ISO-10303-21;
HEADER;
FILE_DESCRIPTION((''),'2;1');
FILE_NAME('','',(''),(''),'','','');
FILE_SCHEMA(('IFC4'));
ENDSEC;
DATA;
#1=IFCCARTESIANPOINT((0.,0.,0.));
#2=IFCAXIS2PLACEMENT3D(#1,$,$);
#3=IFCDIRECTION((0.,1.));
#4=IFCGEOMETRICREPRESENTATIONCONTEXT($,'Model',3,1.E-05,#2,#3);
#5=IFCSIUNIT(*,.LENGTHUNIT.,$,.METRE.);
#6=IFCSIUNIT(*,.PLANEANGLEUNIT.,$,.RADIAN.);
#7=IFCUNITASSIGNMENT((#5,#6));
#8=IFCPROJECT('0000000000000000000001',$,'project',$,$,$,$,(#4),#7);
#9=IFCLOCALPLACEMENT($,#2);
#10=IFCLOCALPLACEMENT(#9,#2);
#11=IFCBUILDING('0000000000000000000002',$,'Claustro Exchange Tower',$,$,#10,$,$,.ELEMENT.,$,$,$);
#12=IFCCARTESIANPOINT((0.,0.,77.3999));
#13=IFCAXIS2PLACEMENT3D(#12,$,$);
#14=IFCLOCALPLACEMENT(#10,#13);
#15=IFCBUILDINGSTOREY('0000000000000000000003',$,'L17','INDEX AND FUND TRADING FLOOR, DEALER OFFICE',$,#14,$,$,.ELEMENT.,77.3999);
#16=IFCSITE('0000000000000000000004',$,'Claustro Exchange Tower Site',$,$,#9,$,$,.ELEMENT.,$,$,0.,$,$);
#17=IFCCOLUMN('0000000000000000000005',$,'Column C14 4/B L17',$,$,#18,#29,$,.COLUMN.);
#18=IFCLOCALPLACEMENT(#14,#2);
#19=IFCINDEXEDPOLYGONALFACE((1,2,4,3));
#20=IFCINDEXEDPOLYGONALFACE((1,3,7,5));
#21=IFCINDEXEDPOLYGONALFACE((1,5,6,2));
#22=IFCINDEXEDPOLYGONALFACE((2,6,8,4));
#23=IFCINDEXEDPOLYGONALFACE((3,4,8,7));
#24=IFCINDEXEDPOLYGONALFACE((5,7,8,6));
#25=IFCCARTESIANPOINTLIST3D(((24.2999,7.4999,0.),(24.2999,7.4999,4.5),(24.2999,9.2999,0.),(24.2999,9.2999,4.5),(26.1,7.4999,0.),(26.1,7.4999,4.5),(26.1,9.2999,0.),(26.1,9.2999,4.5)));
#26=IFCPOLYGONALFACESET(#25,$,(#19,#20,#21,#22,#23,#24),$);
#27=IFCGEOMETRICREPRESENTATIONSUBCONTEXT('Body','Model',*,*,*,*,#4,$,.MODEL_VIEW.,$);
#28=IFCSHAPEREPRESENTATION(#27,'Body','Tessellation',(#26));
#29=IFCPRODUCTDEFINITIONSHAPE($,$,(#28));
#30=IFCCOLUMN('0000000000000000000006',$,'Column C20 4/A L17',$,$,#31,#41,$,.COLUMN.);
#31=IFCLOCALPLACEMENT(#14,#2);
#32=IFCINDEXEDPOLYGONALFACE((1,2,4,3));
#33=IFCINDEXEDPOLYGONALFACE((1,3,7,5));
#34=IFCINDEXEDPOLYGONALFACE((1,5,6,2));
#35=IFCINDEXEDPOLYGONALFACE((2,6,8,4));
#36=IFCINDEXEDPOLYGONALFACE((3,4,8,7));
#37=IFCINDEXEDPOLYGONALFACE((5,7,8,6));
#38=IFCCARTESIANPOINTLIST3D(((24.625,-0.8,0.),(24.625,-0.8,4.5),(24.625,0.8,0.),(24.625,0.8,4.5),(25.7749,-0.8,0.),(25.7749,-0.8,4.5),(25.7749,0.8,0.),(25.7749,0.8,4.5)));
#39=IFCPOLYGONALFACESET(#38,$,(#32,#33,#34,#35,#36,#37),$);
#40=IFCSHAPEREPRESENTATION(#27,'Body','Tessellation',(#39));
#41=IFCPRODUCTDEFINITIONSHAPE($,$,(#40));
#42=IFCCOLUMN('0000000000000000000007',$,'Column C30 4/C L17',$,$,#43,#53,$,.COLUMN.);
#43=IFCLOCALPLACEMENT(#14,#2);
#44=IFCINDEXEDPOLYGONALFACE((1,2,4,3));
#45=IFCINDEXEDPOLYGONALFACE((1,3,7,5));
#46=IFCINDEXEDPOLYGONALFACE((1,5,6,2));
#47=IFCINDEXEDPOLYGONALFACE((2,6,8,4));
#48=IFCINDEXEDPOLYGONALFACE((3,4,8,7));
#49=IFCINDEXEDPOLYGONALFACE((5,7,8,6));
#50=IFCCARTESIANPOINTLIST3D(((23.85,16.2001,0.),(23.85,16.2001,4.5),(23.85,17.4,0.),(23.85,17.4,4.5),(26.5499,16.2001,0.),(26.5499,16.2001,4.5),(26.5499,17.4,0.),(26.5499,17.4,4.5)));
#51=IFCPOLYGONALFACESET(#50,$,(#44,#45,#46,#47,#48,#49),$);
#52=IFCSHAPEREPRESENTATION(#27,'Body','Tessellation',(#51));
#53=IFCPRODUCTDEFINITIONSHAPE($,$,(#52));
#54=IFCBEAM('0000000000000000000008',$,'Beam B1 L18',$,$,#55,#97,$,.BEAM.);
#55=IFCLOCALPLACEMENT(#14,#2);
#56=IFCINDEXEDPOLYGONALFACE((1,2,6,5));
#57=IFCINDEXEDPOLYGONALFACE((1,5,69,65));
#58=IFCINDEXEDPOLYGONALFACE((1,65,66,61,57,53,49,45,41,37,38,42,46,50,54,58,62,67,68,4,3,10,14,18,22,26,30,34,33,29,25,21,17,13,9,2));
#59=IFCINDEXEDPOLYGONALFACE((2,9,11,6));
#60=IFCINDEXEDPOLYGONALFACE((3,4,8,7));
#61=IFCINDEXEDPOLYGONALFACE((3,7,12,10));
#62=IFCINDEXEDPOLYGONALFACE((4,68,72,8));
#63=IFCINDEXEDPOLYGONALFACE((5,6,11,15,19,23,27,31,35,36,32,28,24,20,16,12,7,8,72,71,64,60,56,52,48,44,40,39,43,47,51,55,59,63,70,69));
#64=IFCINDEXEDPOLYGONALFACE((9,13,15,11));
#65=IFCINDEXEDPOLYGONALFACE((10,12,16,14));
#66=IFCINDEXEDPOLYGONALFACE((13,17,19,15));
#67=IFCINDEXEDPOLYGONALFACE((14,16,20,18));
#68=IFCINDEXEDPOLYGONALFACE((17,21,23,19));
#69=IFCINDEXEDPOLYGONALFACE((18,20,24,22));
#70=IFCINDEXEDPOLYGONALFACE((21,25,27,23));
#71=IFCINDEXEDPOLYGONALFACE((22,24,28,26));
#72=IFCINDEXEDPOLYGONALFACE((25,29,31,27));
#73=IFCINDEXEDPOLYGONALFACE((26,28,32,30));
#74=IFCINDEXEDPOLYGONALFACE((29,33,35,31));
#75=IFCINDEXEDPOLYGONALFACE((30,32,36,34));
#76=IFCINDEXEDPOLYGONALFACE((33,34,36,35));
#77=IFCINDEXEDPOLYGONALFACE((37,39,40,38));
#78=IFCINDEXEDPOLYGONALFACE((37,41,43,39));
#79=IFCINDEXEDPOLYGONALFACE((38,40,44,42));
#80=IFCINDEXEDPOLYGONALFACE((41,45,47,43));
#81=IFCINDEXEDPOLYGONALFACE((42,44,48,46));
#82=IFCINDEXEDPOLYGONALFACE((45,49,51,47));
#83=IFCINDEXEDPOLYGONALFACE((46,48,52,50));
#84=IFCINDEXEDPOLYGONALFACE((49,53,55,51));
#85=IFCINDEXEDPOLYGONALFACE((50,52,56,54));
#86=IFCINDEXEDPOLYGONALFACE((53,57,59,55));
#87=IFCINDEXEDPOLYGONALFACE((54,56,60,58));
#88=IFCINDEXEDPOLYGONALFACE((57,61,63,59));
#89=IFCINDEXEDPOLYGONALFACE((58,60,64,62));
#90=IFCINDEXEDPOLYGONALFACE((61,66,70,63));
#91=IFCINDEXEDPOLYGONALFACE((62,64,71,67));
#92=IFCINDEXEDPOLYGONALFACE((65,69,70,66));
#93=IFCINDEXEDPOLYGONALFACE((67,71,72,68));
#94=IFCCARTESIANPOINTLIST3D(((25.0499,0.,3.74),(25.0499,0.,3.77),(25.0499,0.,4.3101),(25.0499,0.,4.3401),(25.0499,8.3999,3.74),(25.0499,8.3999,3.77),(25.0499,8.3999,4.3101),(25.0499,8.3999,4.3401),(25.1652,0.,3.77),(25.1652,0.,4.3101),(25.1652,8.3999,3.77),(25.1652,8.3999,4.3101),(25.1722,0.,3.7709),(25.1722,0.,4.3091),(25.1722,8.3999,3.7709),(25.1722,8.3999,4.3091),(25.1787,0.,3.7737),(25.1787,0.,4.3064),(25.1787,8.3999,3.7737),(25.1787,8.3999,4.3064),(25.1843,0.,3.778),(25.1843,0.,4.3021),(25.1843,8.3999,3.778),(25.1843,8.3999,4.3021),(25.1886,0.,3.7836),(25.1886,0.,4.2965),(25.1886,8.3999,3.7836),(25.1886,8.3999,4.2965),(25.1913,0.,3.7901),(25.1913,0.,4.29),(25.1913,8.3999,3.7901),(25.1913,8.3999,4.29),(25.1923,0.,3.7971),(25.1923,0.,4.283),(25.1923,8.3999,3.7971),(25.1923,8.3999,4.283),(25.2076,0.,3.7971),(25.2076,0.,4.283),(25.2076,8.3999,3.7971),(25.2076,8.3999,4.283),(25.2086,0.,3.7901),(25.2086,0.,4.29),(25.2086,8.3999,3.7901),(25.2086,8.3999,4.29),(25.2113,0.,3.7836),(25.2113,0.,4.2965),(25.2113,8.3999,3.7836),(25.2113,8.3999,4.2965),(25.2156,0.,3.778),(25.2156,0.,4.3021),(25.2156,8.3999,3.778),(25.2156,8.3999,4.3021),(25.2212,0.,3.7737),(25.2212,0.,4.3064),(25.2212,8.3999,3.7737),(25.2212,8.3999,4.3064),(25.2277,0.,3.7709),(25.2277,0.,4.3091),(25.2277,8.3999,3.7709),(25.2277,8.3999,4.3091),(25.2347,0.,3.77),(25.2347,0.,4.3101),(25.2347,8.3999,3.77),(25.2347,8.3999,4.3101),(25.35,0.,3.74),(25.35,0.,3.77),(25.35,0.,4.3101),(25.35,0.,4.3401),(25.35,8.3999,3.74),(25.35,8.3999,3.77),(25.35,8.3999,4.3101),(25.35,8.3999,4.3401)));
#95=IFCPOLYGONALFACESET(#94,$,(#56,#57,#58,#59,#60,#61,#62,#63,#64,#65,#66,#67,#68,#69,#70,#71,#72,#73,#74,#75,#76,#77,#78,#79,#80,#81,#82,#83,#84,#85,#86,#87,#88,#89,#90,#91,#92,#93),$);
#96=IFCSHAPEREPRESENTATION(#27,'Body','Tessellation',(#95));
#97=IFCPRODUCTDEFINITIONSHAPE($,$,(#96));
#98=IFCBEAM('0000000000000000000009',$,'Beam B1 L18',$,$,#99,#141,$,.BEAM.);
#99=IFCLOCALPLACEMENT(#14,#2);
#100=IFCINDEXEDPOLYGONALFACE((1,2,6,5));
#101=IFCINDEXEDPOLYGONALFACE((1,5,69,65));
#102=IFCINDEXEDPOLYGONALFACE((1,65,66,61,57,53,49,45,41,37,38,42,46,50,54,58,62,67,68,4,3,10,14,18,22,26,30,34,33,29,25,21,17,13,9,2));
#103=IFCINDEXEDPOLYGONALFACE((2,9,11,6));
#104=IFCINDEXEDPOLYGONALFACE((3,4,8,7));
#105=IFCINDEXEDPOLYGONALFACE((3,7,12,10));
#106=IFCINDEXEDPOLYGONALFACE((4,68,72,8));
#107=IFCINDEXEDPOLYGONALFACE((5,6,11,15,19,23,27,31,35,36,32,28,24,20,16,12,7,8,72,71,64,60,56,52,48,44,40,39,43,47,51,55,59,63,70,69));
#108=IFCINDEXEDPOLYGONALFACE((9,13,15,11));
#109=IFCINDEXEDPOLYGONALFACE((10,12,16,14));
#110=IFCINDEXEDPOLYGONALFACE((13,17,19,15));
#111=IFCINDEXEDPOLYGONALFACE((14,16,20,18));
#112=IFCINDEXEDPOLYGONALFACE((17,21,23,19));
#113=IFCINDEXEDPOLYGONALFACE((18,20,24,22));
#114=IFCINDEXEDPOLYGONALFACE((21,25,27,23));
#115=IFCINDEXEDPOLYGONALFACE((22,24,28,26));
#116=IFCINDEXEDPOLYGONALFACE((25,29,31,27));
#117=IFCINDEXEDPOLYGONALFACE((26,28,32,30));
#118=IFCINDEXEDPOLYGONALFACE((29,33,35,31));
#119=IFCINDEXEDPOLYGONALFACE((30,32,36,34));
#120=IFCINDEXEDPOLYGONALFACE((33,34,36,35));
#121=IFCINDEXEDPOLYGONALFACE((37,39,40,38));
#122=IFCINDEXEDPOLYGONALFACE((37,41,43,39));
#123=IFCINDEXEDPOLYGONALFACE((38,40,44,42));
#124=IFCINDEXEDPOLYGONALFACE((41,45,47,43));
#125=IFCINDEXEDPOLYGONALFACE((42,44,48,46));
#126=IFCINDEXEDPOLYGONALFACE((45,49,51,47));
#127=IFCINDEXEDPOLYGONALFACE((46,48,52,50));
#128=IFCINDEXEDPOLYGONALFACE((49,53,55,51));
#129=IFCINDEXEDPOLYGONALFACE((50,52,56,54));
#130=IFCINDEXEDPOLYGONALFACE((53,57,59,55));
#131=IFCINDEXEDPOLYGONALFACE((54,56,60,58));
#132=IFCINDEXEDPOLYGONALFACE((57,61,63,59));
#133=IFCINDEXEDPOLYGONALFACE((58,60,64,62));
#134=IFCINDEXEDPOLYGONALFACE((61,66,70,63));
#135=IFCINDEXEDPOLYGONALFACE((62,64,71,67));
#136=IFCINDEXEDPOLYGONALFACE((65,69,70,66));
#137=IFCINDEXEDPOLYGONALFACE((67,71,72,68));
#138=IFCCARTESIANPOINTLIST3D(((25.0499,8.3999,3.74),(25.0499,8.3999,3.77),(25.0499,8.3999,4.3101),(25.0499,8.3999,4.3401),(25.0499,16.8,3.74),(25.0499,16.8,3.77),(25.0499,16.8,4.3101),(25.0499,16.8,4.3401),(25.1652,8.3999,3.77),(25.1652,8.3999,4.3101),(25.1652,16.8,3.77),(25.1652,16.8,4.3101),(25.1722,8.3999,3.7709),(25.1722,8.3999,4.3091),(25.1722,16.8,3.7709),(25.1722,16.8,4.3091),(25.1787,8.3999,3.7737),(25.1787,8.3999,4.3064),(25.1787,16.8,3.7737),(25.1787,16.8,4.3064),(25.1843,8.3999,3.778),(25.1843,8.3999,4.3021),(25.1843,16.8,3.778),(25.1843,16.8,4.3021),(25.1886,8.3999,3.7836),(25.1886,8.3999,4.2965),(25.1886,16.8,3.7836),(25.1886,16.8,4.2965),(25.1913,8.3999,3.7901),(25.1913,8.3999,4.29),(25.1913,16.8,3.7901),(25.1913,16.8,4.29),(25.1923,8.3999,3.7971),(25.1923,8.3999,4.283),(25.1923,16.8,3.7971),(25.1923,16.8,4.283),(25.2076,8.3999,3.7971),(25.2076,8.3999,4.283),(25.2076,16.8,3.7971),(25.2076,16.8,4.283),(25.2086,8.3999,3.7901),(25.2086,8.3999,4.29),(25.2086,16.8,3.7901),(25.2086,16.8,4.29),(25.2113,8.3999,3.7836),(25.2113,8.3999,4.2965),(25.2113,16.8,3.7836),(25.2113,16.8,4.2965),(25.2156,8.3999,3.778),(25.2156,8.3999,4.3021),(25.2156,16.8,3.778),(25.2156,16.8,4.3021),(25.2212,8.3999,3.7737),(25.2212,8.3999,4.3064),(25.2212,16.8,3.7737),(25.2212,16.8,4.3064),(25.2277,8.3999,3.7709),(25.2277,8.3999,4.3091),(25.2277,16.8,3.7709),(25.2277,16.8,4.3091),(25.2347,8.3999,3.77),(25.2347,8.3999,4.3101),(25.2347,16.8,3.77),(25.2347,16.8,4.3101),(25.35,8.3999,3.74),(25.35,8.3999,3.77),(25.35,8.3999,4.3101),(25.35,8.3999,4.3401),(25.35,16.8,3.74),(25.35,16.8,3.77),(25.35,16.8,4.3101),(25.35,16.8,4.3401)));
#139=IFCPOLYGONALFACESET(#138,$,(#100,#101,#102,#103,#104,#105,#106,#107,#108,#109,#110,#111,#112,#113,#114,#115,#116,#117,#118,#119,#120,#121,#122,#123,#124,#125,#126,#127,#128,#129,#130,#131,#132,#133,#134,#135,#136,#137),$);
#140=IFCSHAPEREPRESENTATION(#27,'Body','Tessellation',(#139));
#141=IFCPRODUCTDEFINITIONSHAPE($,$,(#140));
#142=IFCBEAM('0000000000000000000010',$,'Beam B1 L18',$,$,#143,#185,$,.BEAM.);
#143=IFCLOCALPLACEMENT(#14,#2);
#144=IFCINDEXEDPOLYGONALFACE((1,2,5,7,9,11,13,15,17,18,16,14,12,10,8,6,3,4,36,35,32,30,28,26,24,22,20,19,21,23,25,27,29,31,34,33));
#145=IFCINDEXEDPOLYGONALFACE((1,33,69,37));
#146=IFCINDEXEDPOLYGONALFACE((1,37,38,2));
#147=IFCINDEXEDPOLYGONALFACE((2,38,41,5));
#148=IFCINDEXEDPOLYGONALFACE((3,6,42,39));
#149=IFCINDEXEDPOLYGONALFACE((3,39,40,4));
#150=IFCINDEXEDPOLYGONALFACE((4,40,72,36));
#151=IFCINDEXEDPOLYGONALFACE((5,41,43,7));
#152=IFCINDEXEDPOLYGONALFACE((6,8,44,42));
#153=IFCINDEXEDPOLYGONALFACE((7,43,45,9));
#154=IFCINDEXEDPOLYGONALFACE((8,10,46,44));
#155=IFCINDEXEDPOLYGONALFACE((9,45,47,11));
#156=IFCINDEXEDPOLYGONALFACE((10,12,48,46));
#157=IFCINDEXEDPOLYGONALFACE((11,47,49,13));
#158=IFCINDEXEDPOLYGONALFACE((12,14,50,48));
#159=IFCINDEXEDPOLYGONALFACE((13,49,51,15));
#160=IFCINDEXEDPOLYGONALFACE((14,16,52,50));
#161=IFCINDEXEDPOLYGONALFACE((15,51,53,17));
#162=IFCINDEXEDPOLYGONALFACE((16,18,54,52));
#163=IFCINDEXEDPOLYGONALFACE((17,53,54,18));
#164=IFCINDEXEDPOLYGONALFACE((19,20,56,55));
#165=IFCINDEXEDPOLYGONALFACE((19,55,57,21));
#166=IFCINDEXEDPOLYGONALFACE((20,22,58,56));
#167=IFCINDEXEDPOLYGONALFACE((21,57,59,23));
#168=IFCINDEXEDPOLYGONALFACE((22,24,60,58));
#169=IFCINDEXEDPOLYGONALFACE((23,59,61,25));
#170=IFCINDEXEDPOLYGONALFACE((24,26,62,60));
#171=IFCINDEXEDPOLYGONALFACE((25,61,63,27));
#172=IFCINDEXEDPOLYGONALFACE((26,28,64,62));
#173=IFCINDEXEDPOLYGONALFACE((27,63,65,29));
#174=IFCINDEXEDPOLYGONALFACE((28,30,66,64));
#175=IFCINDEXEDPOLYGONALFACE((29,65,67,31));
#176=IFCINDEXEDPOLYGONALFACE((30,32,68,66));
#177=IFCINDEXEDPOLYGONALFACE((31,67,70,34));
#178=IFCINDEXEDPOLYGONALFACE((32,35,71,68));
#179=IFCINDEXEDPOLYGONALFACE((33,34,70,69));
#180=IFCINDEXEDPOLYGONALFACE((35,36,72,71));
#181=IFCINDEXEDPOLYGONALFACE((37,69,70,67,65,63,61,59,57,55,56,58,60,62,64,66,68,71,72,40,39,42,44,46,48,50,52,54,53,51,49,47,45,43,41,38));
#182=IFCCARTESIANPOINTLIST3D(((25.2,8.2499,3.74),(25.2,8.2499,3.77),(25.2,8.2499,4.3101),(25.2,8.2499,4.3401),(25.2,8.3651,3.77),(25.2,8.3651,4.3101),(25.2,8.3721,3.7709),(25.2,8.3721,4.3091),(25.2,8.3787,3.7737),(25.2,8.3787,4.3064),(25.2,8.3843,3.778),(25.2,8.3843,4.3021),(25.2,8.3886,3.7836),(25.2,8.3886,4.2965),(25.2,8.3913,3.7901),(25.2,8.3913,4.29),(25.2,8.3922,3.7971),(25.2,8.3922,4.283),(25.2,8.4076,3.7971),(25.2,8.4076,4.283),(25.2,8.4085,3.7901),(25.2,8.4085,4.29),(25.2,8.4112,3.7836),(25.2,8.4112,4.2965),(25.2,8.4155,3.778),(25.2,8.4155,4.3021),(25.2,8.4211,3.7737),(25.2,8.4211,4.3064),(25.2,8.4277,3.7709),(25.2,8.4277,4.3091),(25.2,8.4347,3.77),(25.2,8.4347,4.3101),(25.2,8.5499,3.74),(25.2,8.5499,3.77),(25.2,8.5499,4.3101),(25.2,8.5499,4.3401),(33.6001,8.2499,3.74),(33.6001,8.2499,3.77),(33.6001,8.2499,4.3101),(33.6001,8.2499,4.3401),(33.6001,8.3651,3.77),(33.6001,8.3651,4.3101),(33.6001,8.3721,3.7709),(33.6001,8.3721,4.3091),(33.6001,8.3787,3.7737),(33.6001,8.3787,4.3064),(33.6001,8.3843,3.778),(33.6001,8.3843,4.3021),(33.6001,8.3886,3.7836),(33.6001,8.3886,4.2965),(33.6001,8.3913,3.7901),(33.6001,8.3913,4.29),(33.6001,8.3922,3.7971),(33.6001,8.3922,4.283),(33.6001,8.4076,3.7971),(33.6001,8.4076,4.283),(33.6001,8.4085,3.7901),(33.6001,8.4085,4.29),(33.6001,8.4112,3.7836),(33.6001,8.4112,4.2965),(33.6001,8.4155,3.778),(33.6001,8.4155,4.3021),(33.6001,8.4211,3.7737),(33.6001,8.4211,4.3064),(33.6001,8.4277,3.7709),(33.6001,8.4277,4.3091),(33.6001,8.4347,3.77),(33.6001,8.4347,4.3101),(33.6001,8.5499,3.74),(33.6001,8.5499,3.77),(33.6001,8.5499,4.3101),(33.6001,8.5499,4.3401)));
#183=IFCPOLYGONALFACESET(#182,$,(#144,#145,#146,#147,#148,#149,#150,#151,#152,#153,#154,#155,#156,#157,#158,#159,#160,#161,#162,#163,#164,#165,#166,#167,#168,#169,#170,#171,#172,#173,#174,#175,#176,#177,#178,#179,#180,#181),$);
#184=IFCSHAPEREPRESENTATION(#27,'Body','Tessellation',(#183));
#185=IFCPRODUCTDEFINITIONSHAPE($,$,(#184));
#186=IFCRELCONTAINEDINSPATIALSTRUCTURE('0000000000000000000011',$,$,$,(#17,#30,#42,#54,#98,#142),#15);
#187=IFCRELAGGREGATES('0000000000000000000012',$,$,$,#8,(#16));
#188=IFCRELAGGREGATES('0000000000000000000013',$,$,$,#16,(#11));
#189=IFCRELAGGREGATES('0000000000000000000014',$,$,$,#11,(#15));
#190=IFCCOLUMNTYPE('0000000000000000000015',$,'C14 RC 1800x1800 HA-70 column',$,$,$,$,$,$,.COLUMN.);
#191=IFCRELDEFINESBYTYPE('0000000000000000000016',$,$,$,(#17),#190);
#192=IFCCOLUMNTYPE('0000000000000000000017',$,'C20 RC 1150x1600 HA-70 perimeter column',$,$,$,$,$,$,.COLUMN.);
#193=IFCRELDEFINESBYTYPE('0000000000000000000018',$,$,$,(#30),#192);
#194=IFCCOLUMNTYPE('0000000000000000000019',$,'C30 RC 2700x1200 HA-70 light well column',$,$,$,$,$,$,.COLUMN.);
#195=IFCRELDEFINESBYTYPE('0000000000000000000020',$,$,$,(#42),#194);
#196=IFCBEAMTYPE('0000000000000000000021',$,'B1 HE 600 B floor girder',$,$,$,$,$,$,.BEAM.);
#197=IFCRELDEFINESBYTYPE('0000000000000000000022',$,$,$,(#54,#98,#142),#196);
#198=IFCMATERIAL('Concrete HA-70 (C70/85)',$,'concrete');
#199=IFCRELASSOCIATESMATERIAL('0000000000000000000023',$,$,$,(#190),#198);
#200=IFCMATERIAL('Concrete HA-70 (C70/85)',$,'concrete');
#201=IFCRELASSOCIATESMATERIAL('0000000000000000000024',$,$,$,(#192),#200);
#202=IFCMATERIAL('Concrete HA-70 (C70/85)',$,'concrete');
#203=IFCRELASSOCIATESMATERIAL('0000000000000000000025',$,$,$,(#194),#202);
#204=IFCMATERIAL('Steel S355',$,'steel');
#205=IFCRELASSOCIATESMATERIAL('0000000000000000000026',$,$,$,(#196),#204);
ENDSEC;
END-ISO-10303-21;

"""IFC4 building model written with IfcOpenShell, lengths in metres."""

from ifc_helpers import new_model, si_unit, direction, frame, origin, origin_2d, place, context, subcontext, project, spatial, rectangle, i_section, extrude, material, material_profile, profile_set, type_object, element, save


model = new_model("IFC4")

# Units and contexts
model_context = context("Model", 3, precision=1e-05, world=origin(), true_north=direction((0.0, 1.0)))
body_context = subcontext(model_context, "Body", "Model", "MODEL_VIEW")
ifc_project = project(units=[si_unit("LENGTHUNIT", "METRE"), si_unit("PLANEANGLEUNIT", "RADIAN")], contexts=[model_context])

# Site, building, storey
site_placement = place(None, origin())
site = spatial("IfcSite", under=ifc_project, at=site_placement, Name="Claustro Exchange Tower Site", CompositionType="ELEMENT", RefElevation=0.0)
building_placement = place(site_placement, origin())
building = spatial("IfcBuilding", under=site, at=building_placement, Name="Claustro Exchange Tower", CompositionType="ELEMENT")
storey_placement = place(building_placement, frame((0.0, 0.0, 77.3999)))
storey = spatial("IfcBuildingStorey", under=building, at=storey_placement, Name="L17", Description="INDEX AND FUND TRADING FLOOR, DEALER OFFICE", CompositionType="ELEMENT", Elevation=77.3999)

# Columns
ifc_material_1 = material(Name="Concrete HA-70 (C70/85)", Category="concrete")
ifc_material_profile_1 = material_profile(ifc_material_1, rectangle(XDim=1.8, YDim=1.8, at=origin_2d()), Name="RC 1800x1800")
ifc_profile_set_1 = profile_set([ifc_material_profile_1], Name="Concrete HA-70 (C70/85)")
column_type_1 = type_object("IfcColumnType", Name="C14 RC 1800x1800 HA-70 column", PredefinedType="COLUMN", material=ifc_profile_set_1)
column_1_placement = place(storey_placement, frame((25.2, 8.3999, 0.0), z_axis=(0.0, 0.0, 1.0), x_axis=(1.0, 0.0, 0.0)))
element("IfcColumn", 1, at=column_1_placement, inside=storey, type_object=column_type_1, Name="Column C14 4/B L17", PredefinedType="COLUMN", context=body_context, shape_type="SweptSolid", body=[
    extrude(rectangle(XDim=1.8, YDim=1.8, at=origin_2d()), origin(), (0.0, 0.0, 1.0), 4.5),
])
ifc_material_2 = material(Name="Concrete HA-70 (C70/85)", Category="concrete")
ifc_material_profile_2 = material_profile(ifc_material_2, rectangle(XDim=1.1499, YDim=1.6001, at=origin_2d()), Name="RC 1150x1600")
ifc_profile_set_2 = profile_set([ifc_material_profile_2], Name="Concrete HA-70 (C70/85)")
column_type_2 = type_object("IfcColumnType", Name="C20 RC 1150x1600 HA-70 perimeter column", PredefinedType="COLUMN", material=ifc_profile_set_2)
column_2_placement = place(storey_placement, frame((25.2, 0.0, 0.0), z_axis=(0.0, 0.0, 1.0), x_axis=(1.0, 0.0, 0.0)))
element("IfcColumn", 2, at=column_2_placement, inside=storey, type_object=column_type_2, Name="Column C20 4/A L17", PredefinedType="COLUMN", context=body_context, shape_type="SweptSolid", body=[
    extrude(rectangle(XDim=1.1499, YDim=1.6001, at=origin_2d()), origin(), (0.0, 0.0, 1.0), 4.5),
])
ifc_material_3 = material(Name="Concrete HA-70 (C70/85)", Category="concrete")
ifc_material_profile_3 = material_profile(ifc_material_3, rectangle(XDim=2.7, YDim=1.2, at=origin_2d()), Name="RC 2700x1200")
ifc_profile_set_3 = profile_set([ifc_material_profile_3], Name="Concrete HA-70 (C70/85)")
column_type_3 = type_object("IfcColumnType", Name="C30 RC 2700x1200 HA-70 light well column", PredefinedType="COLUMN", material=ifc_profile_set_3)
column_3_placement = place(storey_placement, frame((25.2, 16.8, 0.0), z_axis=(0.0, 0.0, 1.0), x_axis=(1.0, 0.0, 0.0)))
element("IfcColumn", 3, at=column_3_placement, inside=storey, type_object=column_type_3, Name="Column C30 4/C L17", PredefinedType="COLUMN", context=body_context, shape_type="SweptSolid", body=[
    extrude(rectangle(XDim=2.7, YDim=1.2, at=origin_2d()), origin(), (0.0, 0.0, 1.0), 4.5),
])

# Beams
ifc_material_4 = material(Name="Steel S355", Category="steel")
ifc_material_profile_4 = material_profile(ifc_material_4, i_section(OverallWidth=0.3, OverallDepth=0.6001, WebThickness=0.0154, FlangeThickness=0.03, FilletRadius=0.0271, at=origin_2d()), Name="HE 600 B")
ifc_profile_set_4 = profile_set([ifc_material_profile_4], Name="Steel S355")
beam_type_1 = type_object("IfcBeamType", Name="B1 HE 600 B floor girder", PredefinedType="BEAM", material=ifc_profile_set_4)
beam_1_placement = place(storey_placement, frame((25.2, 0.0, 4.04), z_axis=(0.0, 1.0, 0.0), x_axis=(-1.0, 0.0, 0.0)))
element("IfcBeam", 4, at=beam_1_placement, inside=storey, type_object=beam_type_1, Name="Beam B1 L18", PredefinedType="BEAM", context=body_context, shape_type="SweptSolid", body=[
    extrude(i_section(OverallWidth=0.3, OverallDepth=0.6001, WebThickness=0.0154, FlangeThickness=0.03, FilletRadius=0.0271, at=origin_2d()), origin(), (0.0, 0.0, 1.0), 8.3999),
])
for number, where, z_axis, x_axis, name in (
    (5, (25.2, 8.3999, 4.04), (0.0, 1.0, 0.0), (-1.0, 0.0, 0.0), "Beam B1 L18"),
    (6, (25.2, 8.3999, 4.04), (1.0, 0.0, 0.0), (0.0, 1.0, 0.0), "Beam B1 L18"),
):
    element("IfcBeam", number, at=place(storey_placement, frame(where, z_axis=z_axis, x_axis=x_axis)), inside=storey, type_object=beam_type_1, Name=name, PredefinedType="BEAM", context=body_context, shape_type="SweptSolid", body=[
        extrude(i_section(OverallWidth=0.3, OverallDepth=0.6001, WebThickness=0.0154, FlangeThickness=0.03, FilletRadius=0.0271, at=origin_2d()), origin(), (0.0, 0.0, 1.0), 8.4001),
    ])

save(model, "model.ifc")
